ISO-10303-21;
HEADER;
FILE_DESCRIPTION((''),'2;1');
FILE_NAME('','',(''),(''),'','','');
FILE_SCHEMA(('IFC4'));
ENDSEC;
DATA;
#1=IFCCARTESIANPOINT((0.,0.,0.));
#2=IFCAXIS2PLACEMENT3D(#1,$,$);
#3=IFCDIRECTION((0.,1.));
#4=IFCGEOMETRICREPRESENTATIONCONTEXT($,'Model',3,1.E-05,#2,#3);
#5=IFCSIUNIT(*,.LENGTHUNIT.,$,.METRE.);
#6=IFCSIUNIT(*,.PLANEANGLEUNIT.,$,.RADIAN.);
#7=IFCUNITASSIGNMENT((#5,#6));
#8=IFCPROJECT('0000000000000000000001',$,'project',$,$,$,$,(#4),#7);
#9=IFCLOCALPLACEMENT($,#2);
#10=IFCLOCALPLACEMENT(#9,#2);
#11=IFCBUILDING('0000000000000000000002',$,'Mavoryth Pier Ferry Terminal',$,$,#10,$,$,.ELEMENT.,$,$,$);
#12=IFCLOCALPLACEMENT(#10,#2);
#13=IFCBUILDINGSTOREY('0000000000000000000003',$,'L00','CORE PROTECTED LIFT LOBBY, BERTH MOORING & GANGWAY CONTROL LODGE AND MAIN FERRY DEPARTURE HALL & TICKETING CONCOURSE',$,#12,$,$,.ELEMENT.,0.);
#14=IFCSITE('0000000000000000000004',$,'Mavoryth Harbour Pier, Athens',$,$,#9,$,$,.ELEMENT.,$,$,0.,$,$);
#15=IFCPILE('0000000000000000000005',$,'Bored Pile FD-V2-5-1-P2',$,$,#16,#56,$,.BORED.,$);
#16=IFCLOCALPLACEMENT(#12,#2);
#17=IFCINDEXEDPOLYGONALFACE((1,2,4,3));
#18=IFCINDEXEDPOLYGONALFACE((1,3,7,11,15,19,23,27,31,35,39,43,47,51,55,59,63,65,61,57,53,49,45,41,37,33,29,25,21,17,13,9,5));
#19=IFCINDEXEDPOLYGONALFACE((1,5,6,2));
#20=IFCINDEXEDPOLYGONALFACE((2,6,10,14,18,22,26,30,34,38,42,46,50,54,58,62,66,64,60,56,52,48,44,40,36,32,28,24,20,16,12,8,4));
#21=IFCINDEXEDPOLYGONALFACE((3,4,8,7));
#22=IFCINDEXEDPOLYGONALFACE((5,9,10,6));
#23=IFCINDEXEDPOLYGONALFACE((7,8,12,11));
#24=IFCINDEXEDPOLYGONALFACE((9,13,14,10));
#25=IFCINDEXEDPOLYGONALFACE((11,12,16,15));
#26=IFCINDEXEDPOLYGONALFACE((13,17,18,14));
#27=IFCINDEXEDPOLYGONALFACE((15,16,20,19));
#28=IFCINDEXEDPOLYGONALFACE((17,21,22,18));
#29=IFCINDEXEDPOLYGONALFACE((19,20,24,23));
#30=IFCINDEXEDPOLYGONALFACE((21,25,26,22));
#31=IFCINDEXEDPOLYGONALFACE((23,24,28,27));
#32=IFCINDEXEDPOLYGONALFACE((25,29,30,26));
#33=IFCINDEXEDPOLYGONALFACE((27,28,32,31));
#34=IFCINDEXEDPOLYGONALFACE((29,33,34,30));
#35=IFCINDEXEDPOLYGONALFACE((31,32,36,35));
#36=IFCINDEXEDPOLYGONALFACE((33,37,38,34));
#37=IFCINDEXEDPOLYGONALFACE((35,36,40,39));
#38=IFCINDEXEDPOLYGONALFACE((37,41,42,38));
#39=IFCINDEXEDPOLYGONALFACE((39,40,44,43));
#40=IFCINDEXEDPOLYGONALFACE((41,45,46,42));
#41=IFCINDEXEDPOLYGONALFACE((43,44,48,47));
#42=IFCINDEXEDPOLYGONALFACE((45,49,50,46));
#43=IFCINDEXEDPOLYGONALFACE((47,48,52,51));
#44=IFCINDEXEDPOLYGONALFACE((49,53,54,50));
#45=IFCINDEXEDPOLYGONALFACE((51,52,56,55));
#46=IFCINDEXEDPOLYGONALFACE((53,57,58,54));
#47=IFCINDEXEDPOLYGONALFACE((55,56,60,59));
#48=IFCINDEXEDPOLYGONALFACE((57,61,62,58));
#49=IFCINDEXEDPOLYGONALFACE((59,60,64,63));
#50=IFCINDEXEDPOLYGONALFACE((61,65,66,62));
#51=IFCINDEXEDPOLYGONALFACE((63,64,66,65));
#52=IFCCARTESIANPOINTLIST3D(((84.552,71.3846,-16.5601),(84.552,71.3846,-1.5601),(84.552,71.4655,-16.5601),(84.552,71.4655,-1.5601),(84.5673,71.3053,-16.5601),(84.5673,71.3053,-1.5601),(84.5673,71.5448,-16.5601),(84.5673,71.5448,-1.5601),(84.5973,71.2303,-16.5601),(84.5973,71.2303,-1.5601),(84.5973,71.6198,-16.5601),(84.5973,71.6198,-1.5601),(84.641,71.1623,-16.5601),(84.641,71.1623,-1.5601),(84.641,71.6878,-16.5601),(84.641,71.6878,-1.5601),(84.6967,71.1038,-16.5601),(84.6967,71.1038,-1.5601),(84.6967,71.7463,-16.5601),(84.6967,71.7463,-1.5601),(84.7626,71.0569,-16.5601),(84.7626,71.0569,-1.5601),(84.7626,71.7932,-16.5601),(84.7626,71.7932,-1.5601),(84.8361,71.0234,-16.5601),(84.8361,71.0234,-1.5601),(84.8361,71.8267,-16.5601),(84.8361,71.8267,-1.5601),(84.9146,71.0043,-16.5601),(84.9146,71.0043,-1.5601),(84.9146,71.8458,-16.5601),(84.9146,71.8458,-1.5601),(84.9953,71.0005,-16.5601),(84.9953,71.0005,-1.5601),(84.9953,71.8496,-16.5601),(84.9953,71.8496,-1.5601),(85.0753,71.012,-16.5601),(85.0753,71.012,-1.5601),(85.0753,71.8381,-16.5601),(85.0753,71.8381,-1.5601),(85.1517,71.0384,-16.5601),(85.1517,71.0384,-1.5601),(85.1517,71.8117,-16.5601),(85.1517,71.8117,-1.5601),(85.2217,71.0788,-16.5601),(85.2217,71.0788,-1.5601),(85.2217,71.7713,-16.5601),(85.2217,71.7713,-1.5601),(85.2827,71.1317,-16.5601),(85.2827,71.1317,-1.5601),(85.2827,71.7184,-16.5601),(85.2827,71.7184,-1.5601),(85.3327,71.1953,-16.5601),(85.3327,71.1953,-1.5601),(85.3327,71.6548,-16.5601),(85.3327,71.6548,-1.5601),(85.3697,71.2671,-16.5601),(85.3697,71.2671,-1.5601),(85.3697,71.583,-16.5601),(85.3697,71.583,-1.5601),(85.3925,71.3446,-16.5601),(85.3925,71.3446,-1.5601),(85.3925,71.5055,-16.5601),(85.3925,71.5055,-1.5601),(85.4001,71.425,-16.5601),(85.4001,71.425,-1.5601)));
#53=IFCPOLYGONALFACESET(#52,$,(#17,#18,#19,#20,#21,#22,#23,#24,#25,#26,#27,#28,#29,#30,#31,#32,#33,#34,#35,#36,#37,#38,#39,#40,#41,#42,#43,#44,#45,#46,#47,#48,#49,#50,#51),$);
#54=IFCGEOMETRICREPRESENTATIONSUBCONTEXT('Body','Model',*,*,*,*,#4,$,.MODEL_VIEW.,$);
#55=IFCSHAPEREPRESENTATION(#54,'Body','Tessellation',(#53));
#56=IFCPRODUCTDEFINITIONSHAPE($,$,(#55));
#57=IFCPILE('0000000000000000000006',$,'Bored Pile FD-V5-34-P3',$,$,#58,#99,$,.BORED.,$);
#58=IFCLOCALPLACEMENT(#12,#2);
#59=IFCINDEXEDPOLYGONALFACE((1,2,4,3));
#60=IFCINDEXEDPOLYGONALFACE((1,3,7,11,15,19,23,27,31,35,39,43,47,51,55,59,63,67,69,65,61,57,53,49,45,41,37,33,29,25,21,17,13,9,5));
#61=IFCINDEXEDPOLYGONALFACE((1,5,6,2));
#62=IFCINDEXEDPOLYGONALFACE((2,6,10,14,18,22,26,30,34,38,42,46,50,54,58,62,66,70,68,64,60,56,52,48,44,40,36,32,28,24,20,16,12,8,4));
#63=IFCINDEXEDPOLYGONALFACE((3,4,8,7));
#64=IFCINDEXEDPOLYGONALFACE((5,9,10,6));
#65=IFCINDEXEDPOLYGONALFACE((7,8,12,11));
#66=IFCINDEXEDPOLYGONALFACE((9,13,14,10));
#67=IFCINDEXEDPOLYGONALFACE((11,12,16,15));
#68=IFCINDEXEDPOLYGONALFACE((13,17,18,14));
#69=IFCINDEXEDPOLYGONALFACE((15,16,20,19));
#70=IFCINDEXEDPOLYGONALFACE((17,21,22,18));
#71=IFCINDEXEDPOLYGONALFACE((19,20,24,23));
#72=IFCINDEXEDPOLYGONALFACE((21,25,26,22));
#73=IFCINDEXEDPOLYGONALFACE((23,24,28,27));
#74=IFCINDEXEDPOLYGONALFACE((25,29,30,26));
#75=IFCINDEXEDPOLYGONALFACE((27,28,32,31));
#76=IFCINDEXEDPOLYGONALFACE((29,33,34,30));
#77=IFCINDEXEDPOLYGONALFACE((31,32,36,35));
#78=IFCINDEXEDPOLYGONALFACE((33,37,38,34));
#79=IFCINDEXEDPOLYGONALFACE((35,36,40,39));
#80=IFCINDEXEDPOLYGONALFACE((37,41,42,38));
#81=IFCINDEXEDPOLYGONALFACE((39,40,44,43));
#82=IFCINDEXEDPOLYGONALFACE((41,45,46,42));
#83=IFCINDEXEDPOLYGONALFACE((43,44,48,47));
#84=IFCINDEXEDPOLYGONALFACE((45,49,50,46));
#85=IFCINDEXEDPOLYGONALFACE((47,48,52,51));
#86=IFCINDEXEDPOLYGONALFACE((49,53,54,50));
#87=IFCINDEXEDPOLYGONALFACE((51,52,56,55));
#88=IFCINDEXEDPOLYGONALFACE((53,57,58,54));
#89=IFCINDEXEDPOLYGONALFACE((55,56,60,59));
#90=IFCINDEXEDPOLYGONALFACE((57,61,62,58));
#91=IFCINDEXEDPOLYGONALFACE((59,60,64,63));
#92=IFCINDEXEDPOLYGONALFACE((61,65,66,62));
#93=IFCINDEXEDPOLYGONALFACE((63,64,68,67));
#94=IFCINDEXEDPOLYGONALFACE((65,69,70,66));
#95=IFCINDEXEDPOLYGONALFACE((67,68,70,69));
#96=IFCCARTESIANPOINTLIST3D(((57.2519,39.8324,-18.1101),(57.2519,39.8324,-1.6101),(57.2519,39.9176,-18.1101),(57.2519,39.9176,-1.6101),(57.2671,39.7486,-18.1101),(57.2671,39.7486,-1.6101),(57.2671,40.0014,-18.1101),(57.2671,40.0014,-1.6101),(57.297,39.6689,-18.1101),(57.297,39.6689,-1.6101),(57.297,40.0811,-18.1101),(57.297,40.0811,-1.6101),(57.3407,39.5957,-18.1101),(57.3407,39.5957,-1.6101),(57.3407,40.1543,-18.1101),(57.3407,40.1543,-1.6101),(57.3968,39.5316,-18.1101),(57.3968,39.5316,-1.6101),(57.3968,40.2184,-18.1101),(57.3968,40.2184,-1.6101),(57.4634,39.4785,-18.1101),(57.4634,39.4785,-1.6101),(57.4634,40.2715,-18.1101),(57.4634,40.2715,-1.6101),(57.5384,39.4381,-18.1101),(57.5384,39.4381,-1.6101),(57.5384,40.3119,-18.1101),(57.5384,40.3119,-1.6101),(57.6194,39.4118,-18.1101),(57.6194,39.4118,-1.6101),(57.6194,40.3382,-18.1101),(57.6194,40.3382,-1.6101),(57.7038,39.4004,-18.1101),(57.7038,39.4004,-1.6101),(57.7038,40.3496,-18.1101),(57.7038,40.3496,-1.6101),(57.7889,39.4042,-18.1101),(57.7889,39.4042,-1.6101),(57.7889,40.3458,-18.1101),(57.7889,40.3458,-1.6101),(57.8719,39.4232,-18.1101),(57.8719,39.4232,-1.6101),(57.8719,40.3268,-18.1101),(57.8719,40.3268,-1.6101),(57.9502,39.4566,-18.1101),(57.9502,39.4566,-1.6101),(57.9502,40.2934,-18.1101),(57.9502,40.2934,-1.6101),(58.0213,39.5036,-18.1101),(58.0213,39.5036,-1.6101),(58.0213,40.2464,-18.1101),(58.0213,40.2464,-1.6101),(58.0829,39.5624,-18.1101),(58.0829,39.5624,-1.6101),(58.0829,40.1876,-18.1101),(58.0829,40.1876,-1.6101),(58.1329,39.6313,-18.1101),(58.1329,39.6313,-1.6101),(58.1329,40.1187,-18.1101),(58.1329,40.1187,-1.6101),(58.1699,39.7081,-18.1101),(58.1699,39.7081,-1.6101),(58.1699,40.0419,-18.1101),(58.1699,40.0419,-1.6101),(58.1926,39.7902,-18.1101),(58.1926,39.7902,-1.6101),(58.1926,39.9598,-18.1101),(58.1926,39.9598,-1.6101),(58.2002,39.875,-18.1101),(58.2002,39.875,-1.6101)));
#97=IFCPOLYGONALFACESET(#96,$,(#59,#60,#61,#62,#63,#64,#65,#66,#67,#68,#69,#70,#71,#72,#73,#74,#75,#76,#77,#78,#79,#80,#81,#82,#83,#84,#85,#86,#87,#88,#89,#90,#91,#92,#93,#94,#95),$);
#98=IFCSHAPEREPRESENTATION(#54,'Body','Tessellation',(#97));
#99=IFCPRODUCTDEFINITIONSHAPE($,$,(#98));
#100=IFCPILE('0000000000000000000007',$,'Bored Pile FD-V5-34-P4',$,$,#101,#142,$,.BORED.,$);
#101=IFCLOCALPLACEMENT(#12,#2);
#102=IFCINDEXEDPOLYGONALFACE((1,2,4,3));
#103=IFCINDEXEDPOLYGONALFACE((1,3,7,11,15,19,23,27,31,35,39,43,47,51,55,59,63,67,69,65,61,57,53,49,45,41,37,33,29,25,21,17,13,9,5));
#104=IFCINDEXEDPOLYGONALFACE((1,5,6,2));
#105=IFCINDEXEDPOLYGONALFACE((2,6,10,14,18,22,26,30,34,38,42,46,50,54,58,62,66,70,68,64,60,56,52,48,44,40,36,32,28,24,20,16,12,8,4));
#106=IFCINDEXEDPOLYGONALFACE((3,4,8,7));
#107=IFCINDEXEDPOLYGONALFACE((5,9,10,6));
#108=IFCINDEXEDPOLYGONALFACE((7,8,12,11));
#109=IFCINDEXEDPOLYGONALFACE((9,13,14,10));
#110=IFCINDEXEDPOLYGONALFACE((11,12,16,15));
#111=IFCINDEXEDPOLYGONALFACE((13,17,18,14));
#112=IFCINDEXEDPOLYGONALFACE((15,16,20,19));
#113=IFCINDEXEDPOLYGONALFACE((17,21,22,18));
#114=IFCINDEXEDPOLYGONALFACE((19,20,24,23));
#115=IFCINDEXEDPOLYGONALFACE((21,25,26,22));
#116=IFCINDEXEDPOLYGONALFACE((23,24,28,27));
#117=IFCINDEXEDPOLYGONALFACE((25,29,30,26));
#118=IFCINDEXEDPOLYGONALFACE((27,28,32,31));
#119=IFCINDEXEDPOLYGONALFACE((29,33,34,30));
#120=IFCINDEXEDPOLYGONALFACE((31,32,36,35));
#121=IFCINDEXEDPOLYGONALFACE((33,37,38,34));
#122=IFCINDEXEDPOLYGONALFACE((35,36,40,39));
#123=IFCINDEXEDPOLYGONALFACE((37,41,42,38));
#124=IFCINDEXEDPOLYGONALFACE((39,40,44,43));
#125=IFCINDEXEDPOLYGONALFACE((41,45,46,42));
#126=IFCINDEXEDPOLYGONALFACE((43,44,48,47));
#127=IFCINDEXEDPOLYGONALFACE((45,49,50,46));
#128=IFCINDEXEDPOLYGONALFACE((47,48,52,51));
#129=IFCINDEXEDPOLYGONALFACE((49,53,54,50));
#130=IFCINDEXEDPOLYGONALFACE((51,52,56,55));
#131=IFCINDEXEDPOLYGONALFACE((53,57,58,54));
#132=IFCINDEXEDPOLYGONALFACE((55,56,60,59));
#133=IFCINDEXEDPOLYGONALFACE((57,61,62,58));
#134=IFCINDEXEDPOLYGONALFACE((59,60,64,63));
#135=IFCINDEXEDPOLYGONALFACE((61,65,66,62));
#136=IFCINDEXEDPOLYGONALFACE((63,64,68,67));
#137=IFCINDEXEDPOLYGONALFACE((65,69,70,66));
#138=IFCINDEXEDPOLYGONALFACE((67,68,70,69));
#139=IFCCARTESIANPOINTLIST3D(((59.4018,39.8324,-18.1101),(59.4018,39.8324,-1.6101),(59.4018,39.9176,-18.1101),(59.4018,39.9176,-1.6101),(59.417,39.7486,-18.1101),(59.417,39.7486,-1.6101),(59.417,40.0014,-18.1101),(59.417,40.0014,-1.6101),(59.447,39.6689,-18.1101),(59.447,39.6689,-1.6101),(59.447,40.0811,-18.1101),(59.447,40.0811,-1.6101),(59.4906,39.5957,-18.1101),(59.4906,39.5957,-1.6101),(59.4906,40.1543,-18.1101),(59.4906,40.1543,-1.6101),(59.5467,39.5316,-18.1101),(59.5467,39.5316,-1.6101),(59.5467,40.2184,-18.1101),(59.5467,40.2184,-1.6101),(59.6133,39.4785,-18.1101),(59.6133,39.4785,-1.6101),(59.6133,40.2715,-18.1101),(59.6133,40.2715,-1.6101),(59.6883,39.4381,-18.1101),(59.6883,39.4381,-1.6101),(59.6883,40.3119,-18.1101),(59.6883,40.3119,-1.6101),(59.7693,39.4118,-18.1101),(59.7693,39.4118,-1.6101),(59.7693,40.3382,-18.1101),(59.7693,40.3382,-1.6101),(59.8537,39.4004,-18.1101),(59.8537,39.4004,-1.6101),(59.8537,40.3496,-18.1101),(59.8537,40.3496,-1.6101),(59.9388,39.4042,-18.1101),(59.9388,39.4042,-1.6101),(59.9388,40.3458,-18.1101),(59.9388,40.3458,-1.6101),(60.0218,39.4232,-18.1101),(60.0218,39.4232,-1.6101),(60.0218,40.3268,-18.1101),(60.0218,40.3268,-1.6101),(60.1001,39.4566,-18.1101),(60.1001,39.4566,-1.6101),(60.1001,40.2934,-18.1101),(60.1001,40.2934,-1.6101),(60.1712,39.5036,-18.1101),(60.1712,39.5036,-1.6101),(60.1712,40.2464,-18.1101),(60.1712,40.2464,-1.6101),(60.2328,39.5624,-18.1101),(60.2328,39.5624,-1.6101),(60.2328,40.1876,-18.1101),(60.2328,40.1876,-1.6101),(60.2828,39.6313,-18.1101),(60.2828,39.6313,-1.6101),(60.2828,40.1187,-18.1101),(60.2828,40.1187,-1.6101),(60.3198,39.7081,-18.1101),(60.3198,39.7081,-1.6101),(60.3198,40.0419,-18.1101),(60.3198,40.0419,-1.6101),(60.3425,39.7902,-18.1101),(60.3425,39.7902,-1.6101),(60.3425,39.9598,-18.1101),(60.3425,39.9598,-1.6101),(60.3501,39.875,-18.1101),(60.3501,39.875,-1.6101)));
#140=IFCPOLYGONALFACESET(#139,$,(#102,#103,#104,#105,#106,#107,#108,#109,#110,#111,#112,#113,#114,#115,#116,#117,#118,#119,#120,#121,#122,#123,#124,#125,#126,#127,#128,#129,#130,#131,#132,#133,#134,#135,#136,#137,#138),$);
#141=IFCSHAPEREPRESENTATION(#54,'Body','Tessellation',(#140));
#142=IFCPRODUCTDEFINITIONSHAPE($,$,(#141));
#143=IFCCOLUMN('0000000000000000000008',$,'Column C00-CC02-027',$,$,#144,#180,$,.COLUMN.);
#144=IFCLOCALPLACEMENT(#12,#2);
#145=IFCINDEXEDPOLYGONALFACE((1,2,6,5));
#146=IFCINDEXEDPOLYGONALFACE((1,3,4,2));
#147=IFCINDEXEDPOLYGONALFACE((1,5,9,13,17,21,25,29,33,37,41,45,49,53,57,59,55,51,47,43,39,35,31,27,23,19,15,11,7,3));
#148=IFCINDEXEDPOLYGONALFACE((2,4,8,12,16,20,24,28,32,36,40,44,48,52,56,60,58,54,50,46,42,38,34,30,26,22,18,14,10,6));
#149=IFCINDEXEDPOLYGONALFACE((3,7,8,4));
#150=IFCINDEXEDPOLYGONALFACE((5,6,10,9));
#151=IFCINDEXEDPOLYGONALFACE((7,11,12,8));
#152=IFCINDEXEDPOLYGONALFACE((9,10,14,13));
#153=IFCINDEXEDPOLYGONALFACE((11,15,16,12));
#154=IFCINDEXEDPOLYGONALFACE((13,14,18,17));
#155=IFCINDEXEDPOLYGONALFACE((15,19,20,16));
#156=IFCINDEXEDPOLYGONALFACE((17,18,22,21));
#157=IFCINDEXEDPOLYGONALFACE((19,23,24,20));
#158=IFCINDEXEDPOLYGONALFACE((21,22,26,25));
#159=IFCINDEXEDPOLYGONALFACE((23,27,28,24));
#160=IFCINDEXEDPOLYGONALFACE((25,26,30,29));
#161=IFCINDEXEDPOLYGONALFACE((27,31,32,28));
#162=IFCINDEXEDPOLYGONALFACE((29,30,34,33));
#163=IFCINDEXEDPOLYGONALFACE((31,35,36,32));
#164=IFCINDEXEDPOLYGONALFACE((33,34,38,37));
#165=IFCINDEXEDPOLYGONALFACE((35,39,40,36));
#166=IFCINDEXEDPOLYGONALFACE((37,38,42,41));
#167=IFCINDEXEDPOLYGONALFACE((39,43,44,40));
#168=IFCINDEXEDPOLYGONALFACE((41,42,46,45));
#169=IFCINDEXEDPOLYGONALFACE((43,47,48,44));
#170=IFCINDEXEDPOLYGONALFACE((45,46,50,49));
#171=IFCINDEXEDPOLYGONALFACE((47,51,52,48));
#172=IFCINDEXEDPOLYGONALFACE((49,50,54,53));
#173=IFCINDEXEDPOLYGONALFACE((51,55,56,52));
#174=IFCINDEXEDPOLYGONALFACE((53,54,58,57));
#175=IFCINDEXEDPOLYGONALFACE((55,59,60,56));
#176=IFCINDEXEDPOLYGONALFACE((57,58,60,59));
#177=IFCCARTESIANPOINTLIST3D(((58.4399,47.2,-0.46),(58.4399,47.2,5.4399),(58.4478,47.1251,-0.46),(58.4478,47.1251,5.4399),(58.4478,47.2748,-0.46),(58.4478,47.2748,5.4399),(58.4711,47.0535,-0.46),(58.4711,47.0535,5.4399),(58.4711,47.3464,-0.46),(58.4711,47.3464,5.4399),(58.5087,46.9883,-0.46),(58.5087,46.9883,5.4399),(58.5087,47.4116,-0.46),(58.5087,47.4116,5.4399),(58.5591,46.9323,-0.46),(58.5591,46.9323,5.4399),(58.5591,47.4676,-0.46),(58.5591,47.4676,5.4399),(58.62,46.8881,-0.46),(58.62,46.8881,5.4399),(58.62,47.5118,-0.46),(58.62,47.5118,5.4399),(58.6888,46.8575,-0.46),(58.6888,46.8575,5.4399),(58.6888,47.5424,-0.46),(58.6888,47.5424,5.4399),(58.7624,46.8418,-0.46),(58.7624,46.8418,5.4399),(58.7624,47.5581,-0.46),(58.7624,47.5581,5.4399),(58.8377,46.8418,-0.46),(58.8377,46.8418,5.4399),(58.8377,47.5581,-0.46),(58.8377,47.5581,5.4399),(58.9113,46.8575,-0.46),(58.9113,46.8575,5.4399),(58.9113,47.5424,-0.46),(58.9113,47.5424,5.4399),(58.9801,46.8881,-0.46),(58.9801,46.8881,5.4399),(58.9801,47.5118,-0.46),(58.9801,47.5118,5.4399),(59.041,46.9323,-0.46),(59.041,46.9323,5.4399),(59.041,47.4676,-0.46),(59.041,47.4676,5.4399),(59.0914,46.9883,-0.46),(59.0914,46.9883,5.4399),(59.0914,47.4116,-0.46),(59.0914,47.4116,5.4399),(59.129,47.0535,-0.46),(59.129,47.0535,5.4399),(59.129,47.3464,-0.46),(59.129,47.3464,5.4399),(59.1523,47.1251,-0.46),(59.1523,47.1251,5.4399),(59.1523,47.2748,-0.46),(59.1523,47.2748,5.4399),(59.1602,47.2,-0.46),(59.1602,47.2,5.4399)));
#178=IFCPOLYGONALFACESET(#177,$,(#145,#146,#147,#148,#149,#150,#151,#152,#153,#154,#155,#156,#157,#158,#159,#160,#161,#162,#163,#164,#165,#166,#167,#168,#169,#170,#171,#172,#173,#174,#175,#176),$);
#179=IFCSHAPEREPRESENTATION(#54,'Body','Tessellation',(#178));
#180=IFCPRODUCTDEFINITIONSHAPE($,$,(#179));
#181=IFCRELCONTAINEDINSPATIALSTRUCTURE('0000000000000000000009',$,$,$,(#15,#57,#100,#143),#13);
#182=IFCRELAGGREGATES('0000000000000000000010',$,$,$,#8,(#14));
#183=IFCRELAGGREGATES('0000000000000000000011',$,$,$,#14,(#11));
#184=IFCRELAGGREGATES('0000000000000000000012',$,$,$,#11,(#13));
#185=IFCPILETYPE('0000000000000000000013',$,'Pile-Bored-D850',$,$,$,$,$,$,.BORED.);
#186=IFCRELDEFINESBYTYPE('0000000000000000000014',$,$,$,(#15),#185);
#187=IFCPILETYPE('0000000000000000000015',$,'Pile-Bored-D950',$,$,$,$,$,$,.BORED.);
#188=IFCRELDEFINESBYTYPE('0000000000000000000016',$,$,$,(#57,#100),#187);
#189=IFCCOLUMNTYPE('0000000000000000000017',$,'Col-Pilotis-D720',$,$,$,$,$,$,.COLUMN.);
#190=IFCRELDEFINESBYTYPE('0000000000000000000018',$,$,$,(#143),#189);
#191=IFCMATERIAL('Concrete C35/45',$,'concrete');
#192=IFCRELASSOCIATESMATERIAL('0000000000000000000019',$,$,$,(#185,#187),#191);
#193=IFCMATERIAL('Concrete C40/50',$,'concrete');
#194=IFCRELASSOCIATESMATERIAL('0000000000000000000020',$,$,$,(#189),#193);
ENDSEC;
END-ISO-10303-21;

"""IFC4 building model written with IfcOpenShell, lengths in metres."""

from ifc_helpers import new_model, si_unit, direction, frame, origin, origin_2d, place, context, subcontext, project, spatial, circle, extrude, material, material_profile, profile_set, type_object, element, save


model = new_model("IFC4")

# Units and contexts
model_context = context("Model", 3, precision=1e-05, world=origin(), true_north=direction((0.0, 1.0)))
body_context = subcontext(model_context, "Body", "Model", "MODEL_VIEW")
ifc_project = project(units=[si_unit("LENGTHUNIT", "METRE"), si_unit("PLANEANGLEUNIT", "RADIAN")], contexts=[model_context])

# Site, building, storey
site_placement = place(None, origin())
site = spatial("IfcSite", under=ifc_project, at=site_placement, Name="Mavoryth Harbour Pier, Athens", CompositionType="ELEMENT", RefElevation=0.0)
building_placement = place(site_placement, origin())
building = spatial("IfcBuilding", under=site, at=building_placement, Name="Mavoryth Pier Ferry Terminal", CompositionType="ELEMENT")
storey_placement = place(building_placement, origin())
storey = spatial("IfcBuildingStorey", under=building, at=storey_placement, Name="L00", Description="CORE PROTECTED LIFT LOBBY, BERTH MOORING & GANGWAY CONTROL LODGE AND MAIN FERRY DEPARTURE HALL & TICKETING CONCOURSE", CompositionType="ELEMENT", Elevation=0.0)

# Shared definitions
ifc_material_1 = material(Name="Concrete C35/45", Category="concrete")

# Piles
ifc_material_profile_1 = material_profile(ifc_material_1, circle(Radius=0.425, at=origin_2d()), Name="PILE D850", Category="concrete")
ifc_profile_set_1 = profile_set([ifc_material_profile_1], Name="Concrete C35/45 - PILE D850")
pile_type_1 = type_object("IfcPileType", Name="Pile-Bored-D850", PredefinedType="BORED", material=ifc_profile_set_1)
for number, where, z_axis, x_axis, name in (
    (1, (84.9751, 71.425, -1.5601), (0.0, 0.0, -1.0), (1.0, 0.0, 0.0), "Bored Pile FD-V2-5-1-P2"),
):
    element("IfcPile", number, at=place(storey_placement, frame(where, z_axis=z_axis, x_axis=x_axis)), inside=storey, type_object=pile_type_1, Name=name, PredefinedType="BORED", context=body_context, shape_type="SweptSolid", body=[
        extrude(circle(Radius=0.425, at=origin_2d()), origin(), (0.0, 0.0, 1.0), 15.0),
    ])
ifc_material_profile_2 = material_profile(ifc_material_1, circle(Radius=0.4751, at=origin_2d()), Name="PILE D950", Category="concrete")
ifc_profile_set_2 = profile_set([ifc_material_profile_2], Name="Concrete C35/45 - PILE D950")
pile_type_2 = type_object("IfcPileType", Name="Pile-Bored-D950", PredefinedType="BORED", material=ifc_profile_set_2)
for number, where, z_axis, x_axis, name in (
    (2, (57.7251, 39.875, -1.6101), (0.0, 0.0, -1.0), (1.0, 0.0, 0.0), "Bored Pile FD-V5-34-P3"),
    (3, (59.875, 39.875, -1.6101), (0.0, 0.0, -1.0), (1.0, 0.0, 0.0), "Bored Pile FD-V5-34-P4"),
):
    element("IfcPile", number, at=place(storey_placement, frame(where, z_axis=z_axis, x_axis=x_axis)), inside=storey, type_object=pile_type_2, Name=name, PredefinedType="BORED", context=body_context, shape_type="SweptSolid", body=[
        extrude(circle(Radius=0.4751, at=origin_2d()), origin(), (0.0, 0.0, 1.0), 16.5),
    ])

# Column
ifc_material_2 = material(Name="Concrete C40/50", Category="concrete")
ifc_material_profile_3 = material_profile(ifc_material_2, circle(Radius=0.3601, at=origin_2d()), Name="RC D720", Category="concrete")
ifc_profile_set_3 = profile_set([ifc_material_profile_3], Name="Concrete C40/50 - RC D720")
column_type_1 = type_object("IfcColumnType", Name="Col-Pilotis-D720", PredefinedType="COLUMN", material=ifc_profile_set_3)
for number, where, z_axis, x_axis, name in (
    (4, (58.8, 47.2, -0.46), (0.0, 0.0, 1.0), (1.0, 0.0, 0.0), "Column C00-CC02-027"),
):
    element("IfcColumn", number, at=place(storey_placement, frame(where, z_axis=z_axis, x_axis=x_axis)), inside=storey, type_object=column_type_1, Name=name, PredefinedType="COLUMN", context=body_context, shape_type="SweptSolid", body=[
        extrude(circle(Radius=0.3601, at=origin_2d()), origin(), (0.0, 0.0, 1.0), 5.8999),
    ])

save(model, "model.ifc")
